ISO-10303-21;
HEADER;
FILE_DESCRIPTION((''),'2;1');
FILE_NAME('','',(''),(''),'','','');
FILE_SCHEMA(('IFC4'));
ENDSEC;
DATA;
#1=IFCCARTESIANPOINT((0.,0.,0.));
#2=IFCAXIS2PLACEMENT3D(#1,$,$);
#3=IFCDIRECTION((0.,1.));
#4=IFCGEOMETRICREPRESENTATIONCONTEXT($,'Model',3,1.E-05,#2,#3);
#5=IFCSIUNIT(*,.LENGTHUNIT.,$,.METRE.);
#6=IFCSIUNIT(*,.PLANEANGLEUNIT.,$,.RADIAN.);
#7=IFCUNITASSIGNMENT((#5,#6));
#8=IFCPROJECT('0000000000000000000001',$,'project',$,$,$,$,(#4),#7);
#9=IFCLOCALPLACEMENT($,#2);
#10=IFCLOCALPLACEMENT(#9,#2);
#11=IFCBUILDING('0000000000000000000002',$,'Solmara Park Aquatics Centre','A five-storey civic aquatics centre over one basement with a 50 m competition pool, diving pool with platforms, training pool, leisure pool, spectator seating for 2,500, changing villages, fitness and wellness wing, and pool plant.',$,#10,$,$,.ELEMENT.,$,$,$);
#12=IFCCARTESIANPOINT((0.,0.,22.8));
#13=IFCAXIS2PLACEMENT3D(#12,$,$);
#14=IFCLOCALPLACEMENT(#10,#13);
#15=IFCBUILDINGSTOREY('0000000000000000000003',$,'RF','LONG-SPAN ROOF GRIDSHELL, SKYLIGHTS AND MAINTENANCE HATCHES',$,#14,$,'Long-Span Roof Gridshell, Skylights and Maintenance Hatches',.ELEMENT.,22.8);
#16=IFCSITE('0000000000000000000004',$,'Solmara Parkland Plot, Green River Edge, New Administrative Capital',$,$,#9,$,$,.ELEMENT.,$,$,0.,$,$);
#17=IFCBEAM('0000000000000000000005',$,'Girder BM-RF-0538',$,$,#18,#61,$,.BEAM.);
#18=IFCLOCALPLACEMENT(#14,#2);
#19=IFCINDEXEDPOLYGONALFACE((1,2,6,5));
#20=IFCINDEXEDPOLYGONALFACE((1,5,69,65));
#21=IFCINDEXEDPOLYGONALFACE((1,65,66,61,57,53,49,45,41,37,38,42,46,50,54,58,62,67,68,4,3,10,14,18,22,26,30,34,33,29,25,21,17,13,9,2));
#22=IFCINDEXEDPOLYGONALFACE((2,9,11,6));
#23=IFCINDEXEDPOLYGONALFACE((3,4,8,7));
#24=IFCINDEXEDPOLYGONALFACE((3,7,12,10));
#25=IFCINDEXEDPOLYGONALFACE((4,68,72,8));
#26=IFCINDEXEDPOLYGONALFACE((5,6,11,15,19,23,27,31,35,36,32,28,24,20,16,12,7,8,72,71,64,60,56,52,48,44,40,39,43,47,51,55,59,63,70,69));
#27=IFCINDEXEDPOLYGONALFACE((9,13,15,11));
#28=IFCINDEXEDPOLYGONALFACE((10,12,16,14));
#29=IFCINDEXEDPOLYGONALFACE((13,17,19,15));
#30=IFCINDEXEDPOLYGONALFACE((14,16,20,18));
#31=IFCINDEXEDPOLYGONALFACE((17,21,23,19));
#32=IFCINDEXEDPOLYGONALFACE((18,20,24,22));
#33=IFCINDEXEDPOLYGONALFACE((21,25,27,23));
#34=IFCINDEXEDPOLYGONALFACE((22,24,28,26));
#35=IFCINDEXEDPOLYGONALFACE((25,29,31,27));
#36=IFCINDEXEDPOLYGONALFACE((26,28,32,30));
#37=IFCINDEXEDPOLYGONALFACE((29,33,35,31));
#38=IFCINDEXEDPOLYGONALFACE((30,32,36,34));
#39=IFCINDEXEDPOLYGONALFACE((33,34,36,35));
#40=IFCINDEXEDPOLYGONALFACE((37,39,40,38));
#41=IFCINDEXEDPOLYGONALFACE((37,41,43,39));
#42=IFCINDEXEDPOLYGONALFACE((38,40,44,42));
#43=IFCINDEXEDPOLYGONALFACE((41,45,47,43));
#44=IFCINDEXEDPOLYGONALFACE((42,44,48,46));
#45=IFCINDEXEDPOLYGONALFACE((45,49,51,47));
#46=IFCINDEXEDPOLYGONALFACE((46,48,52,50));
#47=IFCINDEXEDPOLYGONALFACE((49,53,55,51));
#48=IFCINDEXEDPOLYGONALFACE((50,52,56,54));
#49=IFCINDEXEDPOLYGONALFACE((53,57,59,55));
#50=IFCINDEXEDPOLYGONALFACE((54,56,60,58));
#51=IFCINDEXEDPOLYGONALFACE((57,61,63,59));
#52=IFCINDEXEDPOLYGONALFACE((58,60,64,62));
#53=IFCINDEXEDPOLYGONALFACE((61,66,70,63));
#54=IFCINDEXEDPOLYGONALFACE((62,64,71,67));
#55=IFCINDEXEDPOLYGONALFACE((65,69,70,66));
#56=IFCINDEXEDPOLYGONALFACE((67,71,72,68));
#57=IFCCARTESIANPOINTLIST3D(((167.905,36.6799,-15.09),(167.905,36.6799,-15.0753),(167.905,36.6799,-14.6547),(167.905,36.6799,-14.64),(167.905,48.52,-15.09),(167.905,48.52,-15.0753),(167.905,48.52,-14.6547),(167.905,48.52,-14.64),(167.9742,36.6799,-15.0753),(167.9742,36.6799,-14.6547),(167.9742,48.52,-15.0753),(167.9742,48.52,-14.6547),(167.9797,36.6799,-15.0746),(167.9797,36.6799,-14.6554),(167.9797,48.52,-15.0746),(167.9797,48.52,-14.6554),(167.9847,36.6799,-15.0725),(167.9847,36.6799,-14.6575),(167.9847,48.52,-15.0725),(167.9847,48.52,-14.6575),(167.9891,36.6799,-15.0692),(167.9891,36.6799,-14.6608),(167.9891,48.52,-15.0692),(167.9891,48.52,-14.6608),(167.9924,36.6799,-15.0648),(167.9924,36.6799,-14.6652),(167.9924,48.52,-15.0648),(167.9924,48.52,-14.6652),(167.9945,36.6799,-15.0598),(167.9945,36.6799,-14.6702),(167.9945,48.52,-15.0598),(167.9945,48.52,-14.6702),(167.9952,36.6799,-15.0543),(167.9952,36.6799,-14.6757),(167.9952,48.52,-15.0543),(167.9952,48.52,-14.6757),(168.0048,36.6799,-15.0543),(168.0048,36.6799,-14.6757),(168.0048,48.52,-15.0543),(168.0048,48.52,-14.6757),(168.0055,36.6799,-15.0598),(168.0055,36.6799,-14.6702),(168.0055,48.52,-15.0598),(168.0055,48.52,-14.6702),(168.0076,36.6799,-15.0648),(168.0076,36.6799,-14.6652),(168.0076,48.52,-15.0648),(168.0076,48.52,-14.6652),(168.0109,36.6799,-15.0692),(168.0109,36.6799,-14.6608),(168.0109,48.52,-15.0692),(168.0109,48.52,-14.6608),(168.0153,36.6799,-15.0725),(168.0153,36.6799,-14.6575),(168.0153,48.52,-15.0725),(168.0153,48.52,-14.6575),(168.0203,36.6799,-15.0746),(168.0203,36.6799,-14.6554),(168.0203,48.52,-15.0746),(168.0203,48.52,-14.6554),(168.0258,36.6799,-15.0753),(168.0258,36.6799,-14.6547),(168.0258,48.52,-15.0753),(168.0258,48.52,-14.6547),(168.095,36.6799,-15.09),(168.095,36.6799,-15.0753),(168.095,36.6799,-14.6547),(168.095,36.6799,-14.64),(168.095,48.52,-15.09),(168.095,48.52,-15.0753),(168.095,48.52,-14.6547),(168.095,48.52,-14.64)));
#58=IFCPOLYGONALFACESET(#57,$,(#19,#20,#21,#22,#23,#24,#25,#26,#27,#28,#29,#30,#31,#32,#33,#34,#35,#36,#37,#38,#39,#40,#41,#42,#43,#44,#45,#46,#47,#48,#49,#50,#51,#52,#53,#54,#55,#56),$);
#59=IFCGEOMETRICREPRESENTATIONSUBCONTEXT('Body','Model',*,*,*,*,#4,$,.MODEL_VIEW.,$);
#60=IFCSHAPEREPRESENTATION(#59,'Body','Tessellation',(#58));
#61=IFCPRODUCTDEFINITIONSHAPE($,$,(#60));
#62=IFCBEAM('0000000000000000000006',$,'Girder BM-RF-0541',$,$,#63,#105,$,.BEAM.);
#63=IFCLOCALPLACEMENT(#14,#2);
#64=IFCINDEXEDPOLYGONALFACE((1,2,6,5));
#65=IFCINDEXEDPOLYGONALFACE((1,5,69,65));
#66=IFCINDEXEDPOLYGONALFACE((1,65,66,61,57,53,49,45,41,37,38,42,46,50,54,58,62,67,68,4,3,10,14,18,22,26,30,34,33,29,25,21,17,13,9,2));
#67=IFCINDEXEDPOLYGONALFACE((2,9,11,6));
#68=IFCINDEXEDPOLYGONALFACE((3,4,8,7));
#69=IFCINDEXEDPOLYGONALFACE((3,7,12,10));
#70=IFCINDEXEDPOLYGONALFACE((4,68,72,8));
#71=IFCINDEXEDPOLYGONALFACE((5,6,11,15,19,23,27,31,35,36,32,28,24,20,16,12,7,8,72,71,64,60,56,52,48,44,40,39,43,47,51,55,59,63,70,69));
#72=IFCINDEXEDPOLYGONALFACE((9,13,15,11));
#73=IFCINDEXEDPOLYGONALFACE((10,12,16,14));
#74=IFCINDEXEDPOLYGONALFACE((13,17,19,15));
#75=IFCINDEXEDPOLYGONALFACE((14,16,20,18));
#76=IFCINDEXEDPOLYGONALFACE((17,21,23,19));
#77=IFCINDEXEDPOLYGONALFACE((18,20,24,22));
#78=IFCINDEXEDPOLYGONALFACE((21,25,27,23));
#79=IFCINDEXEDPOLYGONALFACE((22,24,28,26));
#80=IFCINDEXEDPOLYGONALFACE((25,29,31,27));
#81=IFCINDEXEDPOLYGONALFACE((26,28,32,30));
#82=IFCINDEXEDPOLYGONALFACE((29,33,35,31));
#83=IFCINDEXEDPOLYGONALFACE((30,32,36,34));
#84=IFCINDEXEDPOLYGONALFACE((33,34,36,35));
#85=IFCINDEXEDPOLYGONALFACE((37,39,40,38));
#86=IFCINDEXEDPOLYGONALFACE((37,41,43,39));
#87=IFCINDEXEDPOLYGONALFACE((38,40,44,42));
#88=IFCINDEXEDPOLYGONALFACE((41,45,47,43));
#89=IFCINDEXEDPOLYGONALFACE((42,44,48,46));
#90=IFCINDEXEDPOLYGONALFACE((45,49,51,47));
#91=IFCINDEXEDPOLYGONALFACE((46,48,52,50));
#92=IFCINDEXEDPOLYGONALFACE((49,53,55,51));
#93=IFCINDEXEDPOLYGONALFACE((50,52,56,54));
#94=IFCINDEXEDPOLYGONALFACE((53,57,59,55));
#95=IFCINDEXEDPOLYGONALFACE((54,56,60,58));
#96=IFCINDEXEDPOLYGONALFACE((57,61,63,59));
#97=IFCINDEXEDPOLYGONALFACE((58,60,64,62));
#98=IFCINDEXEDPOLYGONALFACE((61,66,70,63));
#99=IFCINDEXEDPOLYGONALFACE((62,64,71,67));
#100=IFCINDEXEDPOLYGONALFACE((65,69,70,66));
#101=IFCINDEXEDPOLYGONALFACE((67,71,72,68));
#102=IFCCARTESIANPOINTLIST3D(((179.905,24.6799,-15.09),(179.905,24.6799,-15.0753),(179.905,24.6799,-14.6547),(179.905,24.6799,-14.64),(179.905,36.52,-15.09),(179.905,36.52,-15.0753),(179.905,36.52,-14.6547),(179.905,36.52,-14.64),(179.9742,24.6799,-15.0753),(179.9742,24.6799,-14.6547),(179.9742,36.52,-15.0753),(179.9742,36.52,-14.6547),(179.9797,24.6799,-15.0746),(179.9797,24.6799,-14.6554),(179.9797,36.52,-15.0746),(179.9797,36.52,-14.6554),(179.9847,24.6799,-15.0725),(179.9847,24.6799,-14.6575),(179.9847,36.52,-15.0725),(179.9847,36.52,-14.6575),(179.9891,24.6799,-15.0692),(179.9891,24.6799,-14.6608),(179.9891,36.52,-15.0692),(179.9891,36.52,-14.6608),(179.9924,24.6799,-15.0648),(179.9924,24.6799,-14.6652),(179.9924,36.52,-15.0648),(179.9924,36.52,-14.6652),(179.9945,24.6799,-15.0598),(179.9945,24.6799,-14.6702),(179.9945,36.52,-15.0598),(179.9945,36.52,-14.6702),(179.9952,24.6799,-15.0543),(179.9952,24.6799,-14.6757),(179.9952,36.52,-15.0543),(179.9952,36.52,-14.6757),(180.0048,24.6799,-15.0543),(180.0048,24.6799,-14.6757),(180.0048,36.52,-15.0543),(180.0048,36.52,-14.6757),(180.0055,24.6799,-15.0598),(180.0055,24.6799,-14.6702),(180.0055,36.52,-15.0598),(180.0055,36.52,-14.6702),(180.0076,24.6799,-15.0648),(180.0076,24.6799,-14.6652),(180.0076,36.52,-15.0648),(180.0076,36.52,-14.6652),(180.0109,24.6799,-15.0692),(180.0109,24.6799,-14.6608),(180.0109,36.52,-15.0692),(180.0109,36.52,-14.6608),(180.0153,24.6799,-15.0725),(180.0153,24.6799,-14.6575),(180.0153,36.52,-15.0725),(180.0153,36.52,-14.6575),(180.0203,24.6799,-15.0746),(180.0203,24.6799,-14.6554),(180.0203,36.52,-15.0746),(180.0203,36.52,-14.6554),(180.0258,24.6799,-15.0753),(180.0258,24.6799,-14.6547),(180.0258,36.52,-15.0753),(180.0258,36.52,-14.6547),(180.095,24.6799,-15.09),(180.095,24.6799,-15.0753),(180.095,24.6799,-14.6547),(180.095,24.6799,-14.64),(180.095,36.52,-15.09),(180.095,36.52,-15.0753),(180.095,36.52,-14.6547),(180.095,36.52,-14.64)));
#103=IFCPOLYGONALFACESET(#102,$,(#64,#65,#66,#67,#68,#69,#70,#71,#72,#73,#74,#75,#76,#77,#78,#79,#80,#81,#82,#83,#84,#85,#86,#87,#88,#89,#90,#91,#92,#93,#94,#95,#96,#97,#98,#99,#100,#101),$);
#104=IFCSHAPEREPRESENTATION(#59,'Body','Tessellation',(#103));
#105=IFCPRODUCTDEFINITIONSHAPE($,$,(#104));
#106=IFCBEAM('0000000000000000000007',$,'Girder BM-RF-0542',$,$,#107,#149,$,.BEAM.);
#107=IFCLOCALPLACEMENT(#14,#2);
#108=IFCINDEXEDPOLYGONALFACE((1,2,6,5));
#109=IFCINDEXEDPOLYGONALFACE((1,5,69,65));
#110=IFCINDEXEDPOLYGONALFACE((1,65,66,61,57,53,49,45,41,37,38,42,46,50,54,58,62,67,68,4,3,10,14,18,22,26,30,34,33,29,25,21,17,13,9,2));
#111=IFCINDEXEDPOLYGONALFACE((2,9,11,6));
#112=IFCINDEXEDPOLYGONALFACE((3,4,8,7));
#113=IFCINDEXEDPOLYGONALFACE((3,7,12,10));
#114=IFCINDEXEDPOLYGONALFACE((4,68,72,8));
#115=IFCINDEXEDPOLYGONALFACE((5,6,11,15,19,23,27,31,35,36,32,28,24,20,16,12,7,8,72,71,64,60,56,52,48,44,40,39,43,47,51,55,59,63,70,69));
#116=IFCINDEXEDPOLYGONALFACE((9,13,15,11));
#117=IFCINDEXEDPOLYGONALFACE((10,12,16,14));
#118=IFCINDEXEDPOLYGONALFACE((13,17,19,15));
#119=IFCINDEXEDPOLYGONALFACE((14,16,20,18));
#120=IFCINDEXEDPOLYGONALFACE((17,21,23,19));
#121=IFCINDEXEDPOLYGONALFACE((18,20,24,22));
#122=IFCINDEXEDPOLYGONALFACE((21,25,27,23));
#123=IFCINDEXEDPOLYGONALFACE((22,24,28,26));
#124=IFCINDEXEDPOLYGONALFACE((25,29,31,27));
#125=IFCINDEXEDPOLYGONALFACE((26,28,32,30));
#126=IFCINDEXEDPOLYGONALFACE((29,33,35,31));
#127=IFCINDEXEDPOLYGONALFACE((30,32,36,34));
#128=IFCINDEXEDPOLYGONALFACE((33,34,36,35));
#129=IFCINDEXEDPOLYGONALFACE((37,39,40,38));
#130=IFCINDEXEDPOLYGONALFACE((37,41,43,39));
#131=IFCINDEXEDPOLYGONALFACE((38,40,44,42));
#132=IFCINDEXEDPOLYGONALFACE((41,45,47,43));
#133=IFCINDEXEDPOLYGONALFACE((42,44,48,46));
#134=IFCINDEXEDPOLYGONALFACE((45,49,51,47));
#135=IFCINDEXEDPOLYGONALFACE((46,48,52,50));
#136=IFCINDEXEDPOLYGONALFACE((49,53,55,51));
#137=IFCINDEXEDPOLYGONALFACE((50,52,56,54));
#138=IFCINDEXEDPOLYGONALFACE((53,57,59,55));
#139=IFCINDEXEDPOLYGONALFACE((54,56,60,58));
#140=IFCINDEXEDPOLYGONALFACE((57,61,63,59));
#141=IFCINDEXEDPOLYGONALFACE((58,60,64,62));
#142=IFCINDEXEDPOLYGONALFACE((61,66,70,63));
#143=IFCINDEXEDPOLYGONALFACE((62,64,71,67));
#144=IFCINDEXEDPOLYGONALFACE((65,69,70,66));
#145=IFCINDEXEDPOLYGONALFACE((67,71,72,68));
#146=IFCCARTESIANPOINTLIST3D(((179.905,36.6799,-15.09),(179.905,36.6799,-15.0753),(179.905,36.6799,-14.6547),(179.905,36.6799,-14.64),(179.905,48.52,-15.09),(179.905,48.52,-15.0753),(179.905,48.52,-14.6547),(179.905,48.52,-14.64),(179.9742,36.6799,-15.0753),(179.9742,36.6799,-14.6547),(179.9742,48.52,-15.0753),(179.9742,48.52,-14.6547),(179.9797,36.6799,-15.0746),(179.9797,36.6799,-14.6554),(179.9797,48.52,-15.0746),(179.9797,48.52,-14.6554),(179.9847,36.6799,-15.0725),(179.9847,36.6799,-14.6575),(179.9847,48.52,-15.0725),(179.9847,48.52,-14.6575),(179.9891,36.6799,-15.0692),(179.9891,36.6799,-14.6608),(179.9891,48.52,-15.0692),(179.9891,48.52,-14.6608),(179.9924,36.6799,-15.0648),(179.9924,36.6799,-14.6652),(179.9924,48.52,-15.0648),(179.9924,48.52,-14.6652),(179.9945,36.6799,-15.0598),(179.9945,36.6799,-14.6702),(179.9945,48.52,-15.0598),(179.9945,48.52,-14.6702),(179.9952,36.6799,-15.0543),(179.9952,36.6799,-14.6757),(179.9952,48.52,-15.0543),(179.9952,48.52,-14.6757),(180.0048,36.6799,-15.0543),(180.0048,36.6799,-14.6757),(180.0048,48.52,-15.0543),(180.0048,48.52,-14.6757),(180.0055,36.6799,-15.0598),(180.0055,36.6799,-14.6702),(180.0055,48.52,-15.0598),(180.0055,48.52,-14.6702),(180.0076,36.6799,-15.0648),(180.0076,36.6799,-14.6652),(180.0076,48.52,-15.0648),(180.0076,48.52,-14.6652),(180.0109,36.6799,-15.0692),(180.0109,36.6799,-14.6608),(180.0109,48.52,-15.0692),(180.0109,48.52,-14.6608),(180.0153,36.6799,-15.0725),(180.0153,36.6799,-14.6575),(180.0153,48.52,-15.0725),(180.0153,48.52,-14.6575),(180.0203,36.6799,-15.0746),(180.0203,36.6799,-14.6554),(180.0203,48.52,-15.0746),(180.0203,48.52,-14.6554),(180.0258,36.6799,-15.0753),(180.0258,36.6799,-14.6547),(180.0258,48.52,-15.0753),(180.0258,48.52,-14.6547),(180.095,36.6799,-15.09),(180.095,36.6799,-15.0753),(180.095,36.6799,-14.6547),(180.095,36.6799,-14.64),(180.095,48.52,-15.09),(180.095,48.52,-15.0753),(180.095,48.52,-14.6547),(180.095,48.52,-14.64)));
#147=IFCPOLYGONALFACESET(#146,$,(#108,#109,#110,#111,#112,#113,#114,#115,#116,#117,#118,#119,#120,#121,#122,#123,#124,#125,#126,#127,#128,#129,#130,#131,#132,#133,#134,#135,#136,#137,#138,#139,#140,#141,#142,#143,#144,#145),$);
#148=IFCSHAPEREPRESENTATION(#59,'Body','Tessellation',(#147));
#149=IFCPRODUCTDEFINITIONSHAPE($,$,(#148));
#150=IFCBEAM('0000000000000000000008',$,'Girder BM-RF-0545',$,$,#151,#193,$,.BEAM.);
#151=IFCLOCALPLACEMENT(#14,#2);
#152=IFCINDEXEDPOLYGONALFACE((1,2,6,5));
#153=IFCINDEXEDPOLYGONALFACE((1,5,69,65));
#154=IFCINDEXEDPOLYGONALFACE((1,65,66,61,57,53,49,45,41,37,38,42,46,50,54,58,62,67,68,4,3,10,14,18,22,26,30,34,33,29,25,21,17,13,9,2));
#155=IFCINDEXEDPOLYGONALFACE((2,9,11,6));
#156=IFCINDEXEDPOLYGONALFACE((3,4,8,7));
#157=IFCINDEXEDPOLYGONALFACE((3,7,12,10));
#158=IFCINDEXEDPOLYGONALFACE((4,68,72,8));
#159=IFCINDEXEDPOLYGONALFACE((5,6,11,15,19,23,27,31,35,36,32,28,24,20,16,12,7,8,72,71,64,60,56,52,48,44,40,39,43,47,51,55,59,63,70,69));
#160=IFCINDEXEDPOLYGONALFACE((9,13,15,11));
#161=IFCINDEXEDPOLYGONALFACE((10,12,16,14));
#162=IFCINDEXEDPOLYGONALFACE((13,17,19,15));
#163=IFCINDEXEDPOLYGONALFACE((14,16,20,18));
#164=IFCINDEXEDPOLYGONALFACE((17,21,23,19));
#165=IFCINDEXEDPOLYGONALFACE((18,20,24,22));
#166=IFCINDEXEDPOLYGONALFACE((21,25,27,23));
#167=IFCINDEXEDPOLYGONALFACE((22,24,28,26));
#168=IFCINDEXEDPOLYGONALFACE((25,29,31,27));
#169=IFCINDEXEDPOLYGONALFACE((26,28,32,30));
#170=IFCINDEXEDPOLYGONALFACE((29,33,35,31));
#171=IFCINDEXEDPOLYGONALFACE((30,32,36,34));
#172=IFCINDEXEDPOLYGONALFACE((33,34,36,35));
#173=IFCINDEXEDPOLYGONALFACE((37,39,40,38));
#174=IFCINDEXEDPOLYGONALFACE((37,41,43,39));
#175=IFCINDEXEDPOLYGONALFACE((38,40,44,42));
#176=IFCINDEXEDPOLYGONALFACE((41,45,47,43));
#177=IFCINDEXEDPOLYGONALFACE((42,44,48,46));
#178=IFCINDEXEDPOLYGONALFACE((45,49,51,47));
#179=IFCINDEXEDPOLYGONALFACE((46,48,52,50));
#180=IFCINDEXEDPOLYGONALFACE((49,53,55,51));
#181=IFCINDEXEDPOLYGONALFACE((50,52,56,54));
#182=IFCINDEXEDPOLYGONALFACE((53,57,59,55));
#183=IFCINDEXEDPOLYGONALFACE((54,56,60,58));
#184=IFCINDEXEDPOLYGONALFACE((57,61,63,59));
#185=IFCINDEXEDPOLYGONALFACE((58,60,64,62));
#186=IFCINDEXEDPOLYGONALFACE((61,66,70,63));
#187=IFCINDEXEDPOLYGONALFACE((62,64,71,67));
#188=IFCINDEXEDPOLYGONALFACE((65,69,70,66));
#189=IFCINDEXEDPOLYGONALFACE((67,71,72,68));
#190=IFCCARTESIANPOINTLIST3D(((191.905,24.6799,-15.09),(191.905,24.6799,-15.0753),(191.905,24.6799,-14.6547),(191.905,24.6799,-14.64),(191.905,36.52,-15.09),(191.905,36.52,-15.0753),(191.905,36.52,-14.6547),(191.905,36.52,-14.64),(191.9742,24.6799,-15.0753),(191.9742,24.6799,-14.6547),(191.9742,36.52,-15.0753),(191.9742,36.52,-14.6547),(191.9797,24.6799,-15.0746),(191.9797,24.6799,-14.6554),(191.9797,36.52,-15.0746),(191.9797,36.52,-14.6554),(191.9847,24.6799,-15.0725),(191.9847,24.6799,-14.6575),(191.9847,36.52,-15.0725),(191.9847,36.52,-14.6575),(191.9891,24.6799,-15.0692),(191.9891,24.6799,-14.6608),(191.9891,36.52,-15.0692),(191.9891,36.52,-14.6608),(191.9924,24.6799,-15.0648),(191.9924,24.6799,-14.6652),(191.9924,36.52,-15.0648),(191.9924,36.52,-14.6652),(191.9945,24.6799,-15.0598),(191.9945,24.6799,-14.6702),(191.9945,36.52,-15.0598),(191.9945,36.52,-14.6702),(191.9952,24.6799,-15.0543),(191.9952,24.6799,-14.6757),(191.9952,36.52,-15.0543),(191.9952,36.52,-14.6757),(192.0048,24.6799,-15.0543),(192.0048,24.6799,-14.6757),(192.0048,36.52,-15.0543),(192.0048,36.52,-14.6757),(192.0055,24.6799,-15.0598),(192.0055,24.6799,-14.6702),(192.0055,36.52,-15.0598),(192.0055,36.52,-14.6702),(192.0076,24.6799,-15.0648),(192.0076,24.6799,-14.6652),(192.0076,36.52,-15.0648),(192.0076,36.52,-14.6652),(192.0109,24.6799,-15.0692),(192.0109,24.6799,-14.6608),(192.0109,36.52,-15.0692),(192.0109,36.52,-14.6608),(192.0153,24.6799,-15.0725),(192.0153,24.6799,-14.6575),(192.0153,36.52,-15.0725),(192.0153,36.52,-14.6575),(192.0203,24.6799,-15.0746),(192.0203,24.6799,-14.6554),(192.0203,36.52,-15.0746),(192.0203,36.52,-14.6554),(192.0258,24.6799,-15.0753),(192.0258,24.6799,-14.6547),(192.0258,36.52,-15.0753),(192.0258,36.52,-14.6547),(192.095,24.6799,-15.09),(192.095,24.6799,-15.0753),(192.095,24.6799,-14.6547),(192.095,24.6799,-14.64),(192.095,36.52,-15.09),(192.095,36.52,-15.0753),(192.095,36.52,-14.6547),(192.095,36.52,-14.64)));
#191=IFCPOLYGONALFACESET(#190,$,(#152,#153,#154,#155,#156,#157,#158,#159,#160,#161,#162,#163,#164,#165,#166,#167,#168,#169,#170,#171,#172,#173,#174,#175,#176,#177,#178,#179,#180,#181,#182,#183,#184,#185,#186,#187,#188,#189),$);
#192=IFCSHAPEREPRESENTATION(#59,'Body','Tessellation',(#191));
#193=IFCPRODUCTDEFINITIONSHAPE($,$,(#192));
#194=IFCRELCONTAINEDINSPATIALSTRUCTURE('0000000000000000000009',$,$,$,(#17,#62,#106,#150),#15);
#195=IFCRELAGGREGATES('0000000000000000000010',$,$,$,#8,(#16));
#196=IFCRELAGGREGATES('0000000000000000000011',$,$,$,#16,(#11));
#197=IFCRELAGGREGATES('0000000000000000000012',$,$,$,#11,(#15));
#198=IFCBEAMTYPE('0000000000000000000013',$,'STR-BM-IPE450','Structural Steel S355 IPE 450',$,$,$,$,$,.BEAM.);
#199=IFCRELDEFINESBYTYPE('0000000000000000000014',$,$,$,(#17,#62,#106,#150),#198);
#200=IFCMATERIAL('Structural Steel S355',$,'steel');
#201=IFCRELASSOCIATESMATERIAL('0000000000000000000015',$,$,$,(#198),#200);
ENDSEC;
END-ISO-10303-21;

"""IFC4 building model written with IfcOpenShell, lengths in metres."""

from ifc_helpers import new_model, si_unit, direction, frame, origin, origin_2d, place, context, subcontext, project, spatial, i_section, extrude, material, material_profile, profile_set, type_object, element, save


model = new_model("IFC4")

# Units and contexts
model_context = context("Model", 3, precision=1e-05, world=origin(), true_north=direction((0.0, 1.0)))
body_context = subcontext(model_context, "Body", "Model", "MODEL_VIEW")
ifc_project = project(units=[si_unit("LENGTHUNIT", "METRE"), si_unit("PLANEANGLEUNIT", "RADIAN")], contexts=[model_context])

# Site, building, storey
site_placement = place(None, origin())
site = spatial("IfcSite", under=ifc_project, at=site_placement, Name="Solmara Parkland Plot, Green River Edge, New Administrative Capital", CompositionType="ELEMENT", RefElevation=0.0)
building_placement = place(site_placement, origin())
building = spatial("IfcBuilding", under=site, at=building_placement, Name="Solmara Park Aquatics Centre", Description="A five-storey civic aquatics centre over one basement with a 50 m competition pool, diving pool with platforms, training pool, leisure pool, spectator seating for 2,500, changing villages, fitness and wellness wing, and pool plant.", CompositionType="ELEMENT")
storey_placement = place(building_placement, frame((0.0, 0.0, 22.8)))
storey = spatial("IfcBuildingStorey", under=building, at=storey_placement, Name="RF", Description="LONG-SPAN ROOF GRIDSHELL, SKYLIGHTS AND MAINTENANCE HATCHES", LongName="Long-Span Roof Gridshell, Skylights and Maintenance Hatches", CompositionType="ELEMENT", Elevation=22.8)

# Beams
ifc_material = material(Name="Structural Steel S355", Category="steel")
ifc_material_profile_1 = material_profile(ifc_material, i_section(OverallWidth=0.1899, OverallDepth=0.45, WebThickness=0.0095, FlangeThickness=0.0146, FilletRadius=0.021, at=origin_2d()), Name="IPE 450")
ifc_profile_set_1 = profile_set([ifc_material_profile_1], Name="Structural Steel S355")
beam_type_1 = type_object("IfcBeamType", Name="STR-BM-IPE450", Description="Structural Steel S355 IPE 450", PredefinedType="BEAM", material=ifc_profile_set_1)
for number, where, z_axis, x_axis, name in (
    (1, (168.0, 36.6799, -14.865), (0.0, 1.0, 0.0), (-1.0, 0.0, 0.0), "Girder BM-RF-0538"),
    (2, (180.0, 24.6799, -14.865), (0.0, 1.0, 0.0), (-1.0, 0.0, 0.0), "Girder BM-RF-0541"),
    (3, (180.0, 36.6799, -14.865), (0.0, 1.0, 0.0), (-1.0, 0.0, 0.0), "Girder BM-RF-0542"),
    (4, (192.0, 24.6799, -14.865), (0.0, 1.0, 0.0), (-1.0, 0.0, 0.0), "Girder BM-RF-0545"),
):
    element("IfcBeam", number, at=place(storey_placement, frame(where, z_axis=z_axis, x_axis=x_axis)), inside=storey, type_object=beam_type_1, Name=name, PredefinedType="BEAM", context=body_context, shape_type="SweptSolid", body=[
        extrude(i_section(OverallWidth=0.1899, OverallDepth=0.45, WebThickness=0.0095, FlangeThickness=0.0146, FilletRadius=0.021, at=origin_2d()), origin(), (0.0, 0.0, 1.0), 11.8401),
    ])

save(model, "model.ifc")
